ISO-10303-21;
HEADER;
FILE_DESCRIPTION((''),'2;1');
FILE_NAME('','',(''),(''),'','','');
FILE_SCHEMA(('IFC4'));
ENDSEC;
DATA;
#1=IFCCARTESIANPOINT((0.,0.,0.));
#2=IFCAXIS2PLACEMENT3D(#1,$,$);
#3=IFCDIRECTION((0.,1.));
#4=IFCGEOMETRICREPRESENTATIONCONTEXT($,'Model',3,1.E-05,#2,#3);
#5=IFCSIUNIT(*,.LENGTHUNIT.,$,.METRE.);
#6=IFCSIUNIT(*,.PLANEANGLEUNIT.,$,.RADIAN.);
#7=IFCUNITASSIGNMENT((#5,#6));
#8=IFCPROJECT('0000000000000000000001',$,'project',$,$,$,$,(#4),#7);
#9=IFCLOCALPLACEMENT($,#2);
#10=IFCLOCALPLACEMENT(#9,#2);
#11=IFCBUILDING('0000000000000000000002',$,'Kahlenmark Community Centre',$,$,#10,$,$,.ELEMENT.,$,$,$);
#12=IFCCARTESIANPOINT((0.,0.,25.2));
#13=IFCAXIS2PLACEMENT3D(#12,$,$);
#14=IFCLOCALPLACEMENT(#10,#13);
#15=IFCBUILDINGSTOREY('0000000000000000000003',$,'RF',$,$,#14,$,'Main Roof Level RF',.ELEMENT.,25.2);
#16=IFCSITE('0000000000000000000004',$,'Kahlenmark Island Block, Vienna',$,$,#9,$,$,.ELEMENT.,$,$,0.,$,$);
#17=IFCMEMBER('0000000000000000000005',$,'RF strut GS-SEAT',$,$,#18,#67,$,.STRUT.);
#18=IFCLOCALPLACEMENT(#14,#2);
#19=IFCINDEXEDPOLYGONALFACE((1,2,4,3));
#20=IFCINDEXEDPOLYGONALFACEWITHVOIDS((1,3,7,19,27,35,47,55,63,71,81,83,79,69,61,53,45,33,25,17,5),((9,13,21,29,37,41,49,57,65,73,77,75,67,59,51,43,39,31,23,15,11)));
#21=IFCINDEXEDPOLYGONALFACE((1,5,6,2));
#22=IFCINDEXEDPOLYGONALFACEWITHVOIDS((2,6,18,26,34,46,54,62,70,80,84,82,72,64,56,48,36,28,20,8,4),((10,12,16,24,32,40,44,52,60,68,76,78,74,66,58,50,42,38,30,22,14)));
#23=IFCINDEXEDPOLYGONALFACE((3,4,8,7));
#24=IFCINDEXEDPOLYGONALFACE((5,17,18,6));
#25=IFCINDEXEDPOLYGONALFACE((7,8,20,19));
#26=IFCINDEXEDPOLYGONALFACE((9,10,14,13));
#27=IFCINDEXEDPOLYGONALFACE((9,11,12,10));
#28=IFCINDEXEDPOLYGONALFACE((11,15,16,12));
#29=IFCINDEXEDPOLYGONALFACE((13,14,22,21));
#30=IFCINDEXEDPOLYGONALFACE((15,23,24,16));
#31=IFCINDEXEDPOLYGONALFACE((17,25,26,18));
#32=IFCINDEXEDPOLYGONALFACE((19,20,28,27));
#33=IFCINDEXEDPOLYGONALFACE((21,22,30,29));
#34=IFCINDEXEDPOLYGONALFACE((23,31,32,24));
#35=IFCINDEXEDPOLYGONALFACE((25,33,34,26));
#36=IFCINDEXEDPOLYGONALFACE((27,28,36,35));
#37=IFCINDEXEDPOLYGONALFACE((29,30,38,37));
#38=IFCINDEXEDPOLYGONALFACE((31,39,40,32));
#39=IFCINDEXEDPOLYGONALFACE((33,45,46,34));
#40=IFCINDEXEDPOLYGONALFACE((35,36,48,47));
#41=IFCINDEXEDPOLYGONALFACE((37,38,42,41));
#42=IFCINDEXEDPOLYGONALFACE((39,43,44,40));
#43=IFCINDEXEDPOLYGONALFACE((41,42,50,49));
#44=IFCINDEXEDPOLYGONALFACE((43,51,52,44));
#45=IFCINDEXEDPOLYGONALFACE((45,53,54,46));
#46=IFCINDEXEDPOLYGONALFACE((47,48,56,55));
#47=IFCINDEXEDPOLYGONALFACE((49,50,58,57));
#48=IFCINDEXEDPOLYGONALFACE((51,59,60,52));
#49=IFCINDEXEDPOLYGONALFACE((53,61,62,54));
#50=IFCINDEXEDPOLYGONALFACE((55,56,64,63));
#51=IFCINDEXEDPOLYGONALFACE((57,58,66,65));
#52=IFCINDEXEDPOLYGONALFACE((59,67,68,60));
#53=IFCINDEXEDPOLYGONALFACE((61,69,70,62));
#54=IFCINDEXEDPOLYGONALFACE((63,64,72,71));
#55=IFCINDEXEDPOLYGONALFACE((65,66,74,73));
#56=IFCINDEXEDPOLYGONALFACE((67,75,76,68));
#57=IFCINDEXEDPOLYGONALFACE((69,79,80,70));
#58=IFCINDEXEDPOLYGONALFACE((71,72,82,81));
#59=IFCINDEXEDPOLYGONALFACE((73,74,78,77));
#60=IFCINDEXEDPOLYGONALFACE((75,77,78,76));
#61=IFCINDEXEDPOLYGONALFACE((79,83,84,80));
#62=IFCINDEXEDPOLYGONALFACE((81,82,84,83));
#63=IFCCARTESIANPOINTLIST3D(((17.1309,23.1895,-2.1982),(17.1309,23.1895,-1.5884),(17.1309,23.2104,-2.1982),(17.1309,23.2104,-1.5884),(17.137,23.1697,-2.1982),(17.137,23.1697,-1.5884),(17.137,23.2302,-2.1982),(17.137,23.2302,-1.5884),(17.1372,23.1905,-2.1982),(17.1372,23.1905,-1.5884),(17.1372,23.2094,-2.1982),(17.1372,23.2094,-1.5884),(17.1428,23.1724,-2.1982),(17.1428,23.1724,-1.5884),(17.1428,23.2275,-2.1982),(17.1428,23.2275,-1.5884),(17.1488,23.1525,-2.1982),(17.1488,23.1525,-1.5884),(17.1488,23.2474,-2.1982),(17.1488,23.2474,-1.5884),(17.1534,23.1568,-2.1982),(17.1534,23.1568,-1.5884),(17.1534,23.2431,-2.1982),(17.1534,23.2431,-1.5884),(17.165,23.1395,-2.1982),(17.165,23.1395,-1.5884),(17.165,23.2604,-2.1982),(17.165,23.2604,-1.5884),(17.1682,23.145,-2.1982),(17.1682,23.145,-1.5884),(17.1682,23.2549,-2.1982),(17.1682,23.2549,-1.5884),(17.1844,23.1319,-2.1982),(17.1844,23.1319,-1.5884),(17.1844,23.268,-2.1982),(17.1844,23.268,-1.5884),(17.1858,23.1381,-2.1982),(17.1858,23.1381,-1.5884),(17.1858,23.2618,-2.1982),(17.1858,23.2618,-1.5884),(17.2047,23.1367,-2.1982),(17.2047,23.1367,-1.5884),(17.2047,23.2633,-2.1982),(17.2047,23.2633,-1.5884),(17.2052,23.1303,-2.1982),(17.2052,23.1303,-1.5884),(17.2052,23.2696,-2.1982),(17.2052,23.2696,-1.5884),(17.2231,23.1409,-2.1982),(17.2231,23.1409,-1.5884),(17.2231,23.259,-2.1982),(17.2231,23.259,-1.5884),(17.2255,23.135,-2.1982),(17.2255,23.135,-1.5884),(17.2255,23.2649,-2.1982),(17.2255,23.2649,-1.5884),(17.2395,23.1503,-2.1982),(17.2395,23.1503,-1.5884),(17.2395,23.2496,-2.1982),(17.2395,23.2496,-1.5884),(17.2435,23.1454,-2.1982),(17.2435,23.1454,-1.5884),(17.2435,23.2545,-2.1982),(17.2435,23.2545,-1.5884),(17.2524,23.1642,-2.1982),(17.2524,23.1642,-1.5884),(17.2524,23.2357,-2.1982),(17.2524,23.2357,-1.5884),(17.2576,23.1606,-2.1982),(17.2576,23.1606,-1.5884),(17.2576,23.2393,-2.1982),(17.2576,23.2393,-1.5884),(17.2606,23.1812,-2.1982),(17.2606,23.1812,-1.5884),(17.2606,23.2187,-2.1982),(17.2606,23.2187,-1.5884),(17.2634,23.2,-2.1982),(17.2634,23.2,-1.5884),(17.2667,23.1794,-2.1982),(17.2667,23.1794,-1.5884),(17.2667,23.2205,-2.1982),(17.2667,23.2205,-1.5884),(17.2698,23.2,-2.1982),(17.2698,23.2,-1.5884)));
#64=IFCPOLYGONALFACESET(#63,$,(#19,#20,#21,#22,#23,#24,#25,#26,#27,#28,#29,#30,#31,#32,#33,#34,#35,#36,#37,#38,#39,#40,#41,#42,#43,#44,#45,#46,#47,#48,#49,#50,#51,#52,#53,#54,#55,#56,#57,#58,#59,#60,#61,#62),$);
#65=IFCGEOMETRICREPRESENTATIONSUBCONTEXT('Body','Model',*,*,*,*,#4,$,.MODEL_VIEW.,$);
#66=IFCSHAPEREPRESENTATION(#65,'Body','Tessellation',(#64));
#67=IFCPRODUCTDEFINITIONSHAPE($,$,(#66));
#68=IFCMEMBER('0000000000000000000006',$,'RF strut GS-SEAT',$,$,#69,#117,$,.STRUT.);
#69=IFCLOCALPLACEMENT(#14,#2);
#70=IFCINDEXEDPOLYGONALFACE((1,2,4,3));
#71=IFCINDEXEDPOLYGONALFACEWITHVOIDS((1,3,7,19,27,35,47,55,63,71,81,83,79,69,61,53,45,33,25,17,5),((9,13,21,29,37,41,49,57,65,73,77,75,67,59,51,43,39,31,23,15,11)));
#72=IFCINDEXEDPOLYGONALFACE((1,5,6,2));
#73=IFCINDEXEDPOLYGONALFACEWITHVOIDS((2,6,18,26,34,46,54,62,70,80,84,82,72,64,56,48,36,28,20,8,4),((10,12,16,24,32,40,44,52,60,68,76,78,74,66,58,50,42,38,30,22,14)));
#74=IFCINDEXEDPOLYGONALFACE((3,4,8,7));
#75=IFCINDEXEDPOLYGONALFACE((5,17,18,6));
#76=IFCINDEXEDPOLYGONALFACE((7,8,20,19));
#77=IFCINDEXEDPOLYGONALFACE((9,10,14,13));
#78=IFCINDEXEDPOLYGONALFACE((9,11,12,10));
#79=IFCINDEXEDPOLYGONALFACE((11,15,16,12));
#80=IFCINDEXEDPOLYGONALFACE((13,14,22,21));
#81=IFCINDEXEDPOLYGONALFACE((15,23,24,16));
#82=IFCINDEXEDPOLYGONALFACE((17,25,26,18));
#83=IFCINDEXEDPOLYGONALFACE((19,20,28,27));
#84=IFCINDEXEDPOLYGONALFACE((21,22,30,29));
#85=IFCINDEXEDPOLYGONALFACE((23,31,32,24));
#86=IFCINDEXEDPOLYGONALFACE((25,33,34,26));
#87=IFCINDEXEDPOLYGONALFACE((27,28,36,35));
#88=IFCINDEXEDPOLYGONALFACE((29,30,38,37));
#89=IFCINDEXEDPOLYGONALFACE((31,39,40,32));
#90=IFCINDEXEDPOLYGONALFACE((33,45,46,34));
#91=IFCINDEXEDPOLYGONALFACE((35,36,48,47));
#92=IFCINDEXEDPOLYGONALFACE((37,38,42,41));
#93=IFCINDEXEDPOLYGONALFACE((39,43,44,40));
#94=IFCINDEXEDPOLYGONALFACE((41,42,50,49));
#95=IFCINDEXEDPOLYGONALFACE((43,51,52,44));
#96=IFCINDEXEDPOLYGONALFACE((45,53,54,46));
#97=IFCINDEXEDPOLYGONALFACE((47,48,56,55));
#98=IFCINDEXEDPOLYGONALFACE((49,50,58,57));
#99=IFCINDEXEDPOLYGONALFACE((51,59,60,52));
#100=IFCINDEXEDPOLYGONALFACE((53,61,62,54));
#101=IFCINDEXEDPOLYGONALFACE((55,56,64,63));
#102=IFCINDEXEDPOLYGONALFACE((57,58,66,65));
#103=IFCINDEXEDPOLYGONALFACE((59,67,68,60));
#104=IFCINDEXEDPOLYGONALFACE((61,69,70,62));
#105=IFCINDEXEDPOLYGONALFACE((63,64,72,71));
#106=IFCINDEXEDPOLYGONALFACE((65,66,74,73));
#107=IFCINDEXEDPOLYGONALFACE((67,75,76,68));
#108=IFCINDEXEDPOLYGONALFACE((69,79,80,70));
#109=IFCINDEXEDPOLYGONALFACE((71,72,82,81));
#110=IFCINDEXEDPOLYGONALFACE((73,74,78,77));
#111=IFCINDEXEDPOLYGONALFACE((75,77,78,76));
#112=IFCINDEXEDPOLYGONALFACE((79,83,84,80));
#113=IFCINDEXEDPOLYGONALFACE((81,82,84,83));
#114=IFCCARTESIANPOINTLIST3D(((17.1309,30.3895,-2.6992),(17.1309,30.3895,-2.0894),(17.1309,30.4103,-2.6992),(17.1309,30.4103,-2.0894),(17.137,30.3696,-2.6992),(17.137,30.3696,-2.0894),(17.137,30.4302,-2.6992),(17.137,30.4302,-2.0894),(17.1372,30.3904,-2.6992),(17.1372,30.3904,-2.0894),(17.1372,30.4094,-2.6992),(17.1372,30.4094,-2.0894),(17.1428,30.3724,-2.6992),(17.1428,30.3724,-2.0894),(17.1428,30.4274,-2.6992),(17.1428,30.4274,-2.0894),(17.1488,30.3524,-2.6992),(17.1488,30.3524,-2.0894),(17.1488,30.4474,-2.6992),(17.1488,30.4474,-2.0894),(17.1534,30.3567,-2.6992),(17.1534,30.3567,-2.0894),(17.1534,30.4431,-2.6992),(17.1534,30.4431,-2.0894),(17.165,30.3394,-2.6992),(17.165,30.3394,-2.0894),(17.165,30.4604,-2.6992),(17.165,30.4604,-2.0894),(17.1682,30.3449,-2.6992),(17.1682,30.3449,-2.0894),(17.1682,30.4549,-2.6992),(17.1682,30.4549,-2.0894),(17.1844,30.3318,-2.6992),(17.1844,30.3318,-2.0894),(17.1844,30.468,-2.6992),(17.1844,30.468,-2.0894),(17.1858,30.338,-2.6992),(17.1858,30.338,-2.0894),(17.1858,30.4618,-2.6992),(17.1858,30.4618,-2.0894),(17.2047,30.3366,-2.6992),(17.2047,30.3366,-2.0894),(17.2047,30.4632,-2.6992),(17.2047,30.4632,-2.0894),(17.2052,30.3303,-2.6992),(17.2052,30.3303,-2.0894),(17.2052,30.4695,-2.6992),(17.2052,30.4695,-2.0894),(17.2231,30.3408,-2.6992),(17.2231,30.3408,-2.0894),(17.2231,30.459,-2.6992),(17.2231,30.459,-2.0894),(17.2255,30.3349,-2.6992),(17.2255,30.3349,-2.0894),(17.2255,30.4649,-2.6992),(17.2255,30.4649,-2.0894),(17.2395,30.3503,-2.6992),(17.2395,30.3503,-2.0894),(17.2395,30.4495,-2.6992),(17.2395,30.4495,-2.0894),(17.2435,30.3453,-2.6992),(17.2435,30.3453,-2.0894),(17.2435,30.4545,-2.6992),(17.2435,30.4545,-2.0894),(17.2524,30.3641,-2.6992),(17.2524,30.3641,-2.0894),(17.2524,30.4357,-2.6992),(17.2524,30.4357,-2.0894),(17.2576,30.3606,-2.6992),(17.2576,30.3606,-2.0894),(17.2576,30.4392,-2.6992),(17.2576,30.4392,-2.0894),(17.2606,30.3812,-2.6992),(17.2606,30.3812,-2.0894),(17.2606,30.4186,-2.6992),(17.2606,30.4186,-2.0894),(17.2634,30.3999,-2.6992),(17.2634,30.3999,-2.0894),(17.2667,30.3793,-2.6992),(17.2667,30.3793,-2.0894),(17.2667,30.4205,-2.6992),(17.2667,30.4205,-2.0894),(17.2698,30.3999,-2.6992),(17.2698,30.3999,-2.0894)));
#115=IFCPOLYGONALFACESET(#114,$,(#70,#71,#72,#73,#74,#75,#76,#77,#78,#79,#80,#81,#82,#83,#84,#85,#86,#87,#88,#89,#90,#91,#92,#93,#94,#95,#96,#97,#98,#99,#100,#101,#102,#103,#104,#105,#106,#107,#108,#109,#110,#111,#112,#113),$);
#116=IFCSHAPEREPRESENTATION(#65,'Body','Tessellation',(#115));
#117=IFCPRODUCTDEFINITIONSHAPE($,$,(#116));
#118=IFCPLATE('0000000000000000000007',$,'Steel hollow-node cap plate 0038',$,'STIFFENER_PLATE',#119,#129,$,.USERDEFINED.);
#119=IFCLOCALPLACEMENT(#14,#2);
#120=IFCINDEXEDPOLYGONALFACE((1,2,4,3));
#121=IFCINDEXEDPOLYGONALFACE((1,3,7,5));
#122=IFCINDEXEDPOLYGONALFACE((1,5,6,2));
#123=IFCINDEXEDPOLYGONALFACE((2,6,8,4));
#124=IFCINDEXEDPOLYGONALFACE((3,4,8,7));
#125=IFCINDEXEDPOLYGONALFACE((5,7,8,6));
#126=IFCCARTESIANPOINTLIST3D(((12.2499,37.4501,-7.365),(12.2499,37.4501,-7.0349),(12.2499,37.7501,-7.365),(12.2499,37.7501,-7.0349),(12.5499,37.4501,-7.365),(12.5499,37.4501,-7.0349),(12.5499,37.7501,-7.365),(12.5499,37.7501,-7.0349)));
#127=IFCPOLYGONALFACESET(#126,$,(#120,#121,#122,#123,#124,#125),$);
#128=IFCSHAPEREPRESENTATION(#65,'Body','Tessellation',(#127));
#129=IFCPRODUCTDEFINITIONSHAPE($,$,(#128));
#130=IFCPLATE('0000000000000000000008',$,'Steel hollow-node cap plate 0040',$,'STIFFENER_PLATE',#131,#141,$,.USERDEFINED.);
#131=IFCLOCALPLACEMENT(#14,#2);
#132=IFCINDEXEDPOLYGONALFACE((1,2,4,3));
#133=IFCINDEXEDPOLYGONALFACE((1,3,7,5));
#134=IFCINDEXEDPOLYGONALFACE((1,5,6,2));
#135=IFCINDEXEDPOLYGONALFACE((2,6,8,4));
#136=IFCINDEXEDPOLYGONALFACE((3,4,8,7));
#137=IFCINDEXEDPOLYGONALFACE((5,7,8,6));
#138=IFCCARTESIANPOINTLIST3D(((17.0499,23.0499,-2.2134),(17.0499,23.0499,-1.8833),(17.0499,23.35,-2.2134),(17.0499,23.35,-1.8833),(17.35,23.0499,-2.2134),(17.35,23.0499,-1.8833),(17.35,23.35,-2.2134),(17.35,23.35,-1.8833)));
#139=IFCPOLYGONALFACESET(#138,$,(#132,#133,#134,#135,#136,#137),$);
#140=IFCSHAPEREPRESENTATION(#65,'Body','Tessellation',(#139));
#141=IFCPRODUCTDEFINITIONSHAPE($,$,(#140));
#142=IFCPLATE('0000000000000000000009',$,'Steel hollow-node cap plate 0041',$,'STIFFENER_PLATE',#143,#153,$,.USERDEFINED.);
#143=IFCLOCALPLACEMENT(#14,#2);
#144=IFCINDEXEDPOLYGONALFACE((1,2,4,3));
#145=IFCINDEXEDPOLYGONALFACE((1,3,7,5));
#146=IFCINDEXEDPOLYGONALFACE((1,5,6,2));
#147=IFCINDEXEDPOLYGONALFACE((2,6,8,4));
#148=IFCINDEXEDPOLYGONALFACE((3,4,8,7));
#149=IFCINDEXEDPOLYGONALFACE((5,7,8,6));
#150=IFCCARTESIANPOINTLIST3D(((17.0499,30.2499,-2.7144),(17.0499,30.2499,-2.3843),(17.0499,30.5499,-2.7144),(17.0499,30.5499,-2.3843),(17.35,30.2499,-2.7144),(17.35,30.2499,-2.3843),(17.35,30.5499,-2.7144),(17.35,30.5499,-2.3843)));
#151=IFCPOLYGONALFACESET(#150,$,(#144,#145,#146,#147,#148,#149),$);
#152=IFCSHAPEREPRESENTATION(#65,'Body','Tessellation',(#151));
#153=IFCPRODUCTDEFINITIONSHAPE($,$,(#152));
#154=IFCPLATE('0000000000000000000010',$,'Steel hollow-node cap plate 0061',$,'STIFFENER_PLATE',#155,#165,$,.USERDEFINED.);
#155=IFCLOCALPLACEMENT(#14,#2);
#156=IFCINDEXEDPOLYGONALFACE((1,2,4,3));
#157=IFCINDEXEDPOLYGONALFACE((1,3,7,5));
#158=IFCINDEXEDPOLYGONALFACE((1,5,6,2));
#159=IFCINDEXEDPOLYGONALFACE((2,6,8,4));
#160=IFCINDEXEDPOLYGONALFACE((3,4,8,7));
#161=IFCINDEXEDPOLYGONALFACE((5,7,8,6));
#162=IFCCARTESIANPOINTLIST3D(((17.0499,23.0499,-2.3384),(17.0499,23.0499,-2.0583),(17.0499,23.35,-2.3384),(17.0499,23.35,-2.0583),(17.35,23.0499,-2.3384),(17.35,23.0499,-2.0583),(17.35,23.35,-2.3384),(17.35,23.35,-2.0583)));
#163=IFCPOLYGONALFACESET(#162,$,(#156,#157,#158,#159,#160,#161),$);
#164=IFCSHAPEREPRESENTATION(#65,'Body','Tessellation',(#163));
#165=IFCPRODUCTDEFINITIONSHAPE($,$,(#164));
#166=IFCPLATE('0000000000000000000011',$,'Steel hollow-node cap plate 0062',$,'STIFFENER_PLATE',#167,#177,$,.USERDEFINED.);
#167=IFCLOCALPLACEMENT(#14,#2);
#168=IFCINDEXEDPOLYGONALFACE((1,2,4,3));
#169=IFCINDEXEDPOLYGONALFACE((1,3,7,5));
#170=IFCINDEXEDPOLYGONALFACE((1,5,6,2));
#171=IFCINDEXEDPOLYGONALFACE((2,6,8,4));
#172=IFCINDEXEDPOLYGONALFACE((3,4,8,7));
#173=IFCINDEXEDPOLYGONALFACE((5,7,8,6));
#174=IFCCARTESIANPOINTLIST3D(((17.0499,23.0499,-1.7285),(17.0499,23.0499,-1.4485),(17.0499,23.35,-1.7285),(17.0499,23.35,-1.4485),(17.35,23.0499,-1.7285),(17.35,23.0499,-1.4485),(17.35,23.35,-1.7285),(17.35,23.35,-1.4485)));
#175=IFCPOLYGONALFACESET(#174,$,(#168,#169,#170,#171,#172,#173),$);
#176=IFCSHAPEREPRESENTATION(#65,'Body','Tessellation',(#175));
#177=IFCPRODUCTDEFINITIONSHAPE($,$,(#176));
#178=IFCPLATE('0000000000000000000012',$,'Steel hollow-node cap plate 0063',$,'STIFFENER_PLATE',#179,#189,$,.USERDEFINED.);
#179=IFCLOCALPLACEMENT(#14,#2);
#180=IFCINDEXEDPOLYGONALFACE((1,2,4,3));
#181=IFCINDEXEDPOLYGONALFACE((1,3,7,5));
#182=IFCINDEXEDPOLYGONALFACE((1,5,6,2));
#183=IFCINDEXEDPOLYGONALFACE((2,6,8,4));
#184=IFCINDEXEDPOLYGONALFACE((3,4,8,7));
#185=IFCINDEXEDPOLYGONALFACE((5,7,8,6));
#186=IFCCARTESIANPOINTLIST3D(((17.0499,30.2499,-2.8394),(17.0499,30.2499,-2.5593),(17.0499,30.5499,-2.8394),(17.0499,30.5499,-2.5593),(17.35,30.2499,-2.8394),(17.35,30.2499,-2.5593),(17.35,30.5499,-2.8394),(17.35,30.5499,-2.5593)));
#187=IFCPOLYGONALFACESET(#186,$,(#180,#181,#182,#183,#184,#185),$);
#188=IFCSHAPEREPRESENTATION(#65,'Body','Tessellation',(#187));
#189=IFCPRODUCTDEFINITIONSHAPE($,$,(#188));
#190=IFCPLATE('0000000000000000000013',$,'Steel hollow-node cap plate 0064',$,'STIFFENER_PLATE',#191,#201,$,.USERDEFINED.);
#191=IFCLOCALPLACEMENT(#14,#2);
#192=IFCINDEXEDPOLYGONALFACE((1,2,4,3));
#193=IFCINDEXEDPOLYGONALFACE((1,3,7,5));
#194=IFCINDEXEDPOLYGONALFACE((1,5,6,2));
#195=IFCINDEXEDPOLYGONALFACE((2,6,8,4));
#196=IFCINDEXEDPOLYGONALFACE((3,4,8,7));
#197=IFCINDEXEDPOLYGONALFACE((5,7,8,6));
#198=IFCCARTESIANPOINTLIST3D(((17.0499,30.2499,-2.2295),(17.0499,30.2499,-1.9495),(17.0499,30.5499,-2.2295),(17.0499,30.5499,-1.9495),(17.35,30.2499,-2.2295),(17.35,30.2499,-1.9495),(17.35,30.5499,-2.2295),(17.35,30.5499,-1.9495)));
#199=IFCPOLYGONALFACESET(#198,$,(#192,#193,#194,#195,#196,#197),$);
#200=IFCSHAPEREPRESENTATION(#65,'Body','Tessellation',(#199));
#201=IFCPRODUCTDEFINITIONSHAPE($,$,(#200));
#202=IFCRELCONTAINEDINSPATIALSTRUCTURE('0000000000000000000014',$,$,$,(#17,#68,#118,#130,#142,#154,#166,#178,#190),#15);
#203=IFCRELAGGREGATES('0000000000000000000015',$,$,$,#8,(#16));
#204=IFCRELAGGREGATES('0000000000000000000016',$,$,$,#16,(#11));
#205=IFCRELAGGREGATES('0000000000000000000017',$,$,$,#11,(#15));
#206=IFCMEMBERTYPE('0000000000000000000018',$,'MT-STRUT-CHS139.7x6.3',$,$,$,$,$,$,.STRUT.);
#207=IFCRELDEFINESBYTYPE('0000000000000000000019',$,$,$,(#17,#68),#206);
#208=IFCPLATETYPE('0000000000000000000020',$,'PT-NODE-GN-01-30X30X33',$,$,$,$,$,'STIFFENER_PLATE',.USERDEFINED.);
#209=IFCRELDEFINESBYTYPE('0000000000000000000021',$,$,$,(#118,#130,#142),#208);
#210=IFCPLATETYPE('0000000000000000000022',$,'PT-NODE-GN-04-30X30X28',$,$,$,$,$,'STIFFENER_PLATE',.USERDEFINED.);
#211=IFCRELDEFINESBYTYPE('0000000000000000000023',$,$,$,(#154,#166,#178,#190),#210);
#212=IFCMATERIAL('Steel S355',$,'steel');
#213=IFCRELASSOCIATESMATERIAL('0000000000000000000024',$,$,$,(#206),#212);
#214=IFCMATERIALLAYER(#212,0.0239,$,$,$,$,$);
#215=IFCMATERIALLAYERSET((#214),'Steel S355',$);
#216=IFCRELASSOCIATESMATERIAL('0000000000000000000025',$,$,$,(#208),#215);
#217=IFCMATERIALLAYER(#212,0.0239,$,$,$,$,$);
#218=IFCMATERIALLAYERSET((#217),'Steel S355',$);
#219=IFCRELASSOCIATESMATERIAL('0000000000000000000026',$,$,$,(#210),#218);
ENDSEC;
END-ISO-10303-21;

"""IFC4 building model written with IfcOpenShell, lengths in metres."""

from ifc_helpers import new_model, si_unit, direction, frame, origin, origin_2d, place, context, subcontext, project, spatial, rectangle, hollow_circle, extrude, material, layer, layer_set, material_profile, profile_set, type_object, element, save


model = new_model("IFC4")

# Units and contexts
model_context = context("Model", 3, precision=1e-05, world=origin(), true_north=direction((0.0, 1.0)))
body_context = subcontext(model_context, "Body", "Model", "MODEL_VIEW")
ifc_project = project(units=[si_unit("LENGTHUNIT", "METRE"), si_unit("PLANEANGLEUNIT", "RADIAN")], contexts=[model_context])

# Site, building, storey
site_placement = place(None, origin())
site = spatial("IfcSite", under=ifc_project, at=site_placement, Name="Kahlenmark Island Block, Vienna", CompositionType="ELEMENT", RefElevation=0.0)
building_placement = place(site_placement, origin())
building = spatial("IfcBuilding", under=site, at=building_placement, Name="Kahlenmark Community Centre", CompositionType="ELEMENT")
storey_placement = place(building_placement, frame((0.0, 0.0, 25.2)))
storey = spatial("IfcBuildingStorey", under=building, at=storey_placement, Name="RF", LongName="Main Roof Level RF", CompositionType="ELEMENT", Elevation=25.2)

# Members
ifc_material_1 = material(Name="Steel S355", Category="steel")
ifc_material_profile_1 = material_profile(ifc_material_1, hollow_circle(Radius=0.0698, WallThickness=0.0063, at=origin_2d()), Name="CHS 139.7x6.3")
ifc_profile_set_1 = profile_set([ifc_material_profile_1], Name="Steel S355")
member_type_1 = type_object("IfcMemberType", Name="MT-STRUT-CHS139.7x6.3", PredefinedType="STRUT", material=ifc_profile_set_1)
for number, where, z_axis, x_axis, name in (
    (1, (17.2, 23.2, -2.1982), (0.0, 0.0, 1.0), (1.0, 0.0, 0.0), "RF strut GS-SEAT"),
    (2, (17.2, 30.3999, -2.6992), (0.0, 0.0, 1.0), (1.0, 0.0, 0.0), "RF strut GS-SEAT"),
):
    element("IfcMember", number, at=place(storey_placement, frame(where, z_axis=z_axis, x_axis=x_axis)), inside=storey, type_object=member_type_1, Name=name, PredefinedType="STRUT", context=body_context, shape_type="SweptSolid", body=[
        extrude(hollow_circle(Radius=0.0698, WallThickness=0.0063, at=origin_2d()), origin(), (0.0, 0.0, 1.0), 0.6099),
    ])

# Plates
ifc_layer_1 = layer(ifc_material_1, 0.0239)
ifc_layer_set_1 = layer_set([ifc_layer_1], Name="Steel S355")
plate_type_1 = type_object("IfcPlateType", Name="PT-NODE-GN-01-30X30X33", ElementType="STIFFENER_PLATE", PredefinedType="USERDEFINED", material=ifc_layer_set_1)
for number, where, z_axis, x_axis, name in (
    (3, (12.3999, 37.6001, -7.365), (0.0, 0.0, 1.0), (1.0, 0.0, 0.0), "Steel hollow-node cap plate 0038"),
    (4, (17.2, 23.2, -2.2134), (0.0, 0.0, 1.0), (1.0, 0.0, 0.0), "Steel hollow-node cap plate 0040"),
    (5, (17.2, 30.3999, -2.7144), (0.0, 0.0, 1.0), (1.0, 0.0, 0.0), "Steel hollow-node cap plate 0041"),
):
    element("IfcPlate", number, at=place(storey_placement, frame(where, z_axis=z_axis, x_axis=x_axis)), inside=storey, type_object=plate_type_1, Name=name, ObjectType="STIFFENER_PLATE", PredefinedType="USERDEFINED", context=body_context, shape_type="SweptSolid", body=[
        extrude(rectangle(XDim=0.3, YDim=0.3, at=origin_2d()), origin(), (0.0, 0.0, 1.0), 0.3301),
    ])
ifc_layer_2 = layer(ifc_material_1, 0.0239)
ifc_layer_set_2 = layer_set([ifc_layer_2], Name="Steel S355")
plate_type_2 = type_object("IfcPlateType", Name="PT-NODE-GN-04-30X30X28", ElementType="STIFFENER_PLATE", PredefinedType="USERDEFINED", material=ifc_layer_set_2)
for number, where, z_axis, x_axis, name in (
    (6, (17.2, 23.2, -2.3384), (0.0, 0.0, 1.0), (1.0, 0.0, 0.0), "Steel hollow-node cap plate 0061"),
    (7, (17.2, 23.2, -1.7285), (0.0, 0.0, 1.0), (1.0, 0.0, 0.0), "Steel hollow-node cap plate 0062"),
    (8, (17.2, 30.3999, -2.8394), (0.0, 0.0, 1.0), (1.0, 0.0, 0.0), "Steel hollow-node cap plate 0063"),
    (9, (17.2, 30.3999, -2.2295), (0.0, 0.0, 1.0), (1.0, 0.0, 0.0), "Steel hollow-node cap plate 0064"),
):
    element("IfcPlate", number, at=place(storey_placement, frame(where, z_axis=z_axis, x_axis=x_axis)), inside=storey, type_object=plate_type_2, Name=name, ObjectType="STIFFENER_PLATE", PredefinedType="USERDEFINED", context=body_context, shape_type="SweptSolid", body=[
        extrude(rectangle(XDim=0.3, YDim=0.3, at=origin_2d()), origin(), (0.0, 0.0, 1.0), 0.28),
    ])

save(model, "model.ifc")
